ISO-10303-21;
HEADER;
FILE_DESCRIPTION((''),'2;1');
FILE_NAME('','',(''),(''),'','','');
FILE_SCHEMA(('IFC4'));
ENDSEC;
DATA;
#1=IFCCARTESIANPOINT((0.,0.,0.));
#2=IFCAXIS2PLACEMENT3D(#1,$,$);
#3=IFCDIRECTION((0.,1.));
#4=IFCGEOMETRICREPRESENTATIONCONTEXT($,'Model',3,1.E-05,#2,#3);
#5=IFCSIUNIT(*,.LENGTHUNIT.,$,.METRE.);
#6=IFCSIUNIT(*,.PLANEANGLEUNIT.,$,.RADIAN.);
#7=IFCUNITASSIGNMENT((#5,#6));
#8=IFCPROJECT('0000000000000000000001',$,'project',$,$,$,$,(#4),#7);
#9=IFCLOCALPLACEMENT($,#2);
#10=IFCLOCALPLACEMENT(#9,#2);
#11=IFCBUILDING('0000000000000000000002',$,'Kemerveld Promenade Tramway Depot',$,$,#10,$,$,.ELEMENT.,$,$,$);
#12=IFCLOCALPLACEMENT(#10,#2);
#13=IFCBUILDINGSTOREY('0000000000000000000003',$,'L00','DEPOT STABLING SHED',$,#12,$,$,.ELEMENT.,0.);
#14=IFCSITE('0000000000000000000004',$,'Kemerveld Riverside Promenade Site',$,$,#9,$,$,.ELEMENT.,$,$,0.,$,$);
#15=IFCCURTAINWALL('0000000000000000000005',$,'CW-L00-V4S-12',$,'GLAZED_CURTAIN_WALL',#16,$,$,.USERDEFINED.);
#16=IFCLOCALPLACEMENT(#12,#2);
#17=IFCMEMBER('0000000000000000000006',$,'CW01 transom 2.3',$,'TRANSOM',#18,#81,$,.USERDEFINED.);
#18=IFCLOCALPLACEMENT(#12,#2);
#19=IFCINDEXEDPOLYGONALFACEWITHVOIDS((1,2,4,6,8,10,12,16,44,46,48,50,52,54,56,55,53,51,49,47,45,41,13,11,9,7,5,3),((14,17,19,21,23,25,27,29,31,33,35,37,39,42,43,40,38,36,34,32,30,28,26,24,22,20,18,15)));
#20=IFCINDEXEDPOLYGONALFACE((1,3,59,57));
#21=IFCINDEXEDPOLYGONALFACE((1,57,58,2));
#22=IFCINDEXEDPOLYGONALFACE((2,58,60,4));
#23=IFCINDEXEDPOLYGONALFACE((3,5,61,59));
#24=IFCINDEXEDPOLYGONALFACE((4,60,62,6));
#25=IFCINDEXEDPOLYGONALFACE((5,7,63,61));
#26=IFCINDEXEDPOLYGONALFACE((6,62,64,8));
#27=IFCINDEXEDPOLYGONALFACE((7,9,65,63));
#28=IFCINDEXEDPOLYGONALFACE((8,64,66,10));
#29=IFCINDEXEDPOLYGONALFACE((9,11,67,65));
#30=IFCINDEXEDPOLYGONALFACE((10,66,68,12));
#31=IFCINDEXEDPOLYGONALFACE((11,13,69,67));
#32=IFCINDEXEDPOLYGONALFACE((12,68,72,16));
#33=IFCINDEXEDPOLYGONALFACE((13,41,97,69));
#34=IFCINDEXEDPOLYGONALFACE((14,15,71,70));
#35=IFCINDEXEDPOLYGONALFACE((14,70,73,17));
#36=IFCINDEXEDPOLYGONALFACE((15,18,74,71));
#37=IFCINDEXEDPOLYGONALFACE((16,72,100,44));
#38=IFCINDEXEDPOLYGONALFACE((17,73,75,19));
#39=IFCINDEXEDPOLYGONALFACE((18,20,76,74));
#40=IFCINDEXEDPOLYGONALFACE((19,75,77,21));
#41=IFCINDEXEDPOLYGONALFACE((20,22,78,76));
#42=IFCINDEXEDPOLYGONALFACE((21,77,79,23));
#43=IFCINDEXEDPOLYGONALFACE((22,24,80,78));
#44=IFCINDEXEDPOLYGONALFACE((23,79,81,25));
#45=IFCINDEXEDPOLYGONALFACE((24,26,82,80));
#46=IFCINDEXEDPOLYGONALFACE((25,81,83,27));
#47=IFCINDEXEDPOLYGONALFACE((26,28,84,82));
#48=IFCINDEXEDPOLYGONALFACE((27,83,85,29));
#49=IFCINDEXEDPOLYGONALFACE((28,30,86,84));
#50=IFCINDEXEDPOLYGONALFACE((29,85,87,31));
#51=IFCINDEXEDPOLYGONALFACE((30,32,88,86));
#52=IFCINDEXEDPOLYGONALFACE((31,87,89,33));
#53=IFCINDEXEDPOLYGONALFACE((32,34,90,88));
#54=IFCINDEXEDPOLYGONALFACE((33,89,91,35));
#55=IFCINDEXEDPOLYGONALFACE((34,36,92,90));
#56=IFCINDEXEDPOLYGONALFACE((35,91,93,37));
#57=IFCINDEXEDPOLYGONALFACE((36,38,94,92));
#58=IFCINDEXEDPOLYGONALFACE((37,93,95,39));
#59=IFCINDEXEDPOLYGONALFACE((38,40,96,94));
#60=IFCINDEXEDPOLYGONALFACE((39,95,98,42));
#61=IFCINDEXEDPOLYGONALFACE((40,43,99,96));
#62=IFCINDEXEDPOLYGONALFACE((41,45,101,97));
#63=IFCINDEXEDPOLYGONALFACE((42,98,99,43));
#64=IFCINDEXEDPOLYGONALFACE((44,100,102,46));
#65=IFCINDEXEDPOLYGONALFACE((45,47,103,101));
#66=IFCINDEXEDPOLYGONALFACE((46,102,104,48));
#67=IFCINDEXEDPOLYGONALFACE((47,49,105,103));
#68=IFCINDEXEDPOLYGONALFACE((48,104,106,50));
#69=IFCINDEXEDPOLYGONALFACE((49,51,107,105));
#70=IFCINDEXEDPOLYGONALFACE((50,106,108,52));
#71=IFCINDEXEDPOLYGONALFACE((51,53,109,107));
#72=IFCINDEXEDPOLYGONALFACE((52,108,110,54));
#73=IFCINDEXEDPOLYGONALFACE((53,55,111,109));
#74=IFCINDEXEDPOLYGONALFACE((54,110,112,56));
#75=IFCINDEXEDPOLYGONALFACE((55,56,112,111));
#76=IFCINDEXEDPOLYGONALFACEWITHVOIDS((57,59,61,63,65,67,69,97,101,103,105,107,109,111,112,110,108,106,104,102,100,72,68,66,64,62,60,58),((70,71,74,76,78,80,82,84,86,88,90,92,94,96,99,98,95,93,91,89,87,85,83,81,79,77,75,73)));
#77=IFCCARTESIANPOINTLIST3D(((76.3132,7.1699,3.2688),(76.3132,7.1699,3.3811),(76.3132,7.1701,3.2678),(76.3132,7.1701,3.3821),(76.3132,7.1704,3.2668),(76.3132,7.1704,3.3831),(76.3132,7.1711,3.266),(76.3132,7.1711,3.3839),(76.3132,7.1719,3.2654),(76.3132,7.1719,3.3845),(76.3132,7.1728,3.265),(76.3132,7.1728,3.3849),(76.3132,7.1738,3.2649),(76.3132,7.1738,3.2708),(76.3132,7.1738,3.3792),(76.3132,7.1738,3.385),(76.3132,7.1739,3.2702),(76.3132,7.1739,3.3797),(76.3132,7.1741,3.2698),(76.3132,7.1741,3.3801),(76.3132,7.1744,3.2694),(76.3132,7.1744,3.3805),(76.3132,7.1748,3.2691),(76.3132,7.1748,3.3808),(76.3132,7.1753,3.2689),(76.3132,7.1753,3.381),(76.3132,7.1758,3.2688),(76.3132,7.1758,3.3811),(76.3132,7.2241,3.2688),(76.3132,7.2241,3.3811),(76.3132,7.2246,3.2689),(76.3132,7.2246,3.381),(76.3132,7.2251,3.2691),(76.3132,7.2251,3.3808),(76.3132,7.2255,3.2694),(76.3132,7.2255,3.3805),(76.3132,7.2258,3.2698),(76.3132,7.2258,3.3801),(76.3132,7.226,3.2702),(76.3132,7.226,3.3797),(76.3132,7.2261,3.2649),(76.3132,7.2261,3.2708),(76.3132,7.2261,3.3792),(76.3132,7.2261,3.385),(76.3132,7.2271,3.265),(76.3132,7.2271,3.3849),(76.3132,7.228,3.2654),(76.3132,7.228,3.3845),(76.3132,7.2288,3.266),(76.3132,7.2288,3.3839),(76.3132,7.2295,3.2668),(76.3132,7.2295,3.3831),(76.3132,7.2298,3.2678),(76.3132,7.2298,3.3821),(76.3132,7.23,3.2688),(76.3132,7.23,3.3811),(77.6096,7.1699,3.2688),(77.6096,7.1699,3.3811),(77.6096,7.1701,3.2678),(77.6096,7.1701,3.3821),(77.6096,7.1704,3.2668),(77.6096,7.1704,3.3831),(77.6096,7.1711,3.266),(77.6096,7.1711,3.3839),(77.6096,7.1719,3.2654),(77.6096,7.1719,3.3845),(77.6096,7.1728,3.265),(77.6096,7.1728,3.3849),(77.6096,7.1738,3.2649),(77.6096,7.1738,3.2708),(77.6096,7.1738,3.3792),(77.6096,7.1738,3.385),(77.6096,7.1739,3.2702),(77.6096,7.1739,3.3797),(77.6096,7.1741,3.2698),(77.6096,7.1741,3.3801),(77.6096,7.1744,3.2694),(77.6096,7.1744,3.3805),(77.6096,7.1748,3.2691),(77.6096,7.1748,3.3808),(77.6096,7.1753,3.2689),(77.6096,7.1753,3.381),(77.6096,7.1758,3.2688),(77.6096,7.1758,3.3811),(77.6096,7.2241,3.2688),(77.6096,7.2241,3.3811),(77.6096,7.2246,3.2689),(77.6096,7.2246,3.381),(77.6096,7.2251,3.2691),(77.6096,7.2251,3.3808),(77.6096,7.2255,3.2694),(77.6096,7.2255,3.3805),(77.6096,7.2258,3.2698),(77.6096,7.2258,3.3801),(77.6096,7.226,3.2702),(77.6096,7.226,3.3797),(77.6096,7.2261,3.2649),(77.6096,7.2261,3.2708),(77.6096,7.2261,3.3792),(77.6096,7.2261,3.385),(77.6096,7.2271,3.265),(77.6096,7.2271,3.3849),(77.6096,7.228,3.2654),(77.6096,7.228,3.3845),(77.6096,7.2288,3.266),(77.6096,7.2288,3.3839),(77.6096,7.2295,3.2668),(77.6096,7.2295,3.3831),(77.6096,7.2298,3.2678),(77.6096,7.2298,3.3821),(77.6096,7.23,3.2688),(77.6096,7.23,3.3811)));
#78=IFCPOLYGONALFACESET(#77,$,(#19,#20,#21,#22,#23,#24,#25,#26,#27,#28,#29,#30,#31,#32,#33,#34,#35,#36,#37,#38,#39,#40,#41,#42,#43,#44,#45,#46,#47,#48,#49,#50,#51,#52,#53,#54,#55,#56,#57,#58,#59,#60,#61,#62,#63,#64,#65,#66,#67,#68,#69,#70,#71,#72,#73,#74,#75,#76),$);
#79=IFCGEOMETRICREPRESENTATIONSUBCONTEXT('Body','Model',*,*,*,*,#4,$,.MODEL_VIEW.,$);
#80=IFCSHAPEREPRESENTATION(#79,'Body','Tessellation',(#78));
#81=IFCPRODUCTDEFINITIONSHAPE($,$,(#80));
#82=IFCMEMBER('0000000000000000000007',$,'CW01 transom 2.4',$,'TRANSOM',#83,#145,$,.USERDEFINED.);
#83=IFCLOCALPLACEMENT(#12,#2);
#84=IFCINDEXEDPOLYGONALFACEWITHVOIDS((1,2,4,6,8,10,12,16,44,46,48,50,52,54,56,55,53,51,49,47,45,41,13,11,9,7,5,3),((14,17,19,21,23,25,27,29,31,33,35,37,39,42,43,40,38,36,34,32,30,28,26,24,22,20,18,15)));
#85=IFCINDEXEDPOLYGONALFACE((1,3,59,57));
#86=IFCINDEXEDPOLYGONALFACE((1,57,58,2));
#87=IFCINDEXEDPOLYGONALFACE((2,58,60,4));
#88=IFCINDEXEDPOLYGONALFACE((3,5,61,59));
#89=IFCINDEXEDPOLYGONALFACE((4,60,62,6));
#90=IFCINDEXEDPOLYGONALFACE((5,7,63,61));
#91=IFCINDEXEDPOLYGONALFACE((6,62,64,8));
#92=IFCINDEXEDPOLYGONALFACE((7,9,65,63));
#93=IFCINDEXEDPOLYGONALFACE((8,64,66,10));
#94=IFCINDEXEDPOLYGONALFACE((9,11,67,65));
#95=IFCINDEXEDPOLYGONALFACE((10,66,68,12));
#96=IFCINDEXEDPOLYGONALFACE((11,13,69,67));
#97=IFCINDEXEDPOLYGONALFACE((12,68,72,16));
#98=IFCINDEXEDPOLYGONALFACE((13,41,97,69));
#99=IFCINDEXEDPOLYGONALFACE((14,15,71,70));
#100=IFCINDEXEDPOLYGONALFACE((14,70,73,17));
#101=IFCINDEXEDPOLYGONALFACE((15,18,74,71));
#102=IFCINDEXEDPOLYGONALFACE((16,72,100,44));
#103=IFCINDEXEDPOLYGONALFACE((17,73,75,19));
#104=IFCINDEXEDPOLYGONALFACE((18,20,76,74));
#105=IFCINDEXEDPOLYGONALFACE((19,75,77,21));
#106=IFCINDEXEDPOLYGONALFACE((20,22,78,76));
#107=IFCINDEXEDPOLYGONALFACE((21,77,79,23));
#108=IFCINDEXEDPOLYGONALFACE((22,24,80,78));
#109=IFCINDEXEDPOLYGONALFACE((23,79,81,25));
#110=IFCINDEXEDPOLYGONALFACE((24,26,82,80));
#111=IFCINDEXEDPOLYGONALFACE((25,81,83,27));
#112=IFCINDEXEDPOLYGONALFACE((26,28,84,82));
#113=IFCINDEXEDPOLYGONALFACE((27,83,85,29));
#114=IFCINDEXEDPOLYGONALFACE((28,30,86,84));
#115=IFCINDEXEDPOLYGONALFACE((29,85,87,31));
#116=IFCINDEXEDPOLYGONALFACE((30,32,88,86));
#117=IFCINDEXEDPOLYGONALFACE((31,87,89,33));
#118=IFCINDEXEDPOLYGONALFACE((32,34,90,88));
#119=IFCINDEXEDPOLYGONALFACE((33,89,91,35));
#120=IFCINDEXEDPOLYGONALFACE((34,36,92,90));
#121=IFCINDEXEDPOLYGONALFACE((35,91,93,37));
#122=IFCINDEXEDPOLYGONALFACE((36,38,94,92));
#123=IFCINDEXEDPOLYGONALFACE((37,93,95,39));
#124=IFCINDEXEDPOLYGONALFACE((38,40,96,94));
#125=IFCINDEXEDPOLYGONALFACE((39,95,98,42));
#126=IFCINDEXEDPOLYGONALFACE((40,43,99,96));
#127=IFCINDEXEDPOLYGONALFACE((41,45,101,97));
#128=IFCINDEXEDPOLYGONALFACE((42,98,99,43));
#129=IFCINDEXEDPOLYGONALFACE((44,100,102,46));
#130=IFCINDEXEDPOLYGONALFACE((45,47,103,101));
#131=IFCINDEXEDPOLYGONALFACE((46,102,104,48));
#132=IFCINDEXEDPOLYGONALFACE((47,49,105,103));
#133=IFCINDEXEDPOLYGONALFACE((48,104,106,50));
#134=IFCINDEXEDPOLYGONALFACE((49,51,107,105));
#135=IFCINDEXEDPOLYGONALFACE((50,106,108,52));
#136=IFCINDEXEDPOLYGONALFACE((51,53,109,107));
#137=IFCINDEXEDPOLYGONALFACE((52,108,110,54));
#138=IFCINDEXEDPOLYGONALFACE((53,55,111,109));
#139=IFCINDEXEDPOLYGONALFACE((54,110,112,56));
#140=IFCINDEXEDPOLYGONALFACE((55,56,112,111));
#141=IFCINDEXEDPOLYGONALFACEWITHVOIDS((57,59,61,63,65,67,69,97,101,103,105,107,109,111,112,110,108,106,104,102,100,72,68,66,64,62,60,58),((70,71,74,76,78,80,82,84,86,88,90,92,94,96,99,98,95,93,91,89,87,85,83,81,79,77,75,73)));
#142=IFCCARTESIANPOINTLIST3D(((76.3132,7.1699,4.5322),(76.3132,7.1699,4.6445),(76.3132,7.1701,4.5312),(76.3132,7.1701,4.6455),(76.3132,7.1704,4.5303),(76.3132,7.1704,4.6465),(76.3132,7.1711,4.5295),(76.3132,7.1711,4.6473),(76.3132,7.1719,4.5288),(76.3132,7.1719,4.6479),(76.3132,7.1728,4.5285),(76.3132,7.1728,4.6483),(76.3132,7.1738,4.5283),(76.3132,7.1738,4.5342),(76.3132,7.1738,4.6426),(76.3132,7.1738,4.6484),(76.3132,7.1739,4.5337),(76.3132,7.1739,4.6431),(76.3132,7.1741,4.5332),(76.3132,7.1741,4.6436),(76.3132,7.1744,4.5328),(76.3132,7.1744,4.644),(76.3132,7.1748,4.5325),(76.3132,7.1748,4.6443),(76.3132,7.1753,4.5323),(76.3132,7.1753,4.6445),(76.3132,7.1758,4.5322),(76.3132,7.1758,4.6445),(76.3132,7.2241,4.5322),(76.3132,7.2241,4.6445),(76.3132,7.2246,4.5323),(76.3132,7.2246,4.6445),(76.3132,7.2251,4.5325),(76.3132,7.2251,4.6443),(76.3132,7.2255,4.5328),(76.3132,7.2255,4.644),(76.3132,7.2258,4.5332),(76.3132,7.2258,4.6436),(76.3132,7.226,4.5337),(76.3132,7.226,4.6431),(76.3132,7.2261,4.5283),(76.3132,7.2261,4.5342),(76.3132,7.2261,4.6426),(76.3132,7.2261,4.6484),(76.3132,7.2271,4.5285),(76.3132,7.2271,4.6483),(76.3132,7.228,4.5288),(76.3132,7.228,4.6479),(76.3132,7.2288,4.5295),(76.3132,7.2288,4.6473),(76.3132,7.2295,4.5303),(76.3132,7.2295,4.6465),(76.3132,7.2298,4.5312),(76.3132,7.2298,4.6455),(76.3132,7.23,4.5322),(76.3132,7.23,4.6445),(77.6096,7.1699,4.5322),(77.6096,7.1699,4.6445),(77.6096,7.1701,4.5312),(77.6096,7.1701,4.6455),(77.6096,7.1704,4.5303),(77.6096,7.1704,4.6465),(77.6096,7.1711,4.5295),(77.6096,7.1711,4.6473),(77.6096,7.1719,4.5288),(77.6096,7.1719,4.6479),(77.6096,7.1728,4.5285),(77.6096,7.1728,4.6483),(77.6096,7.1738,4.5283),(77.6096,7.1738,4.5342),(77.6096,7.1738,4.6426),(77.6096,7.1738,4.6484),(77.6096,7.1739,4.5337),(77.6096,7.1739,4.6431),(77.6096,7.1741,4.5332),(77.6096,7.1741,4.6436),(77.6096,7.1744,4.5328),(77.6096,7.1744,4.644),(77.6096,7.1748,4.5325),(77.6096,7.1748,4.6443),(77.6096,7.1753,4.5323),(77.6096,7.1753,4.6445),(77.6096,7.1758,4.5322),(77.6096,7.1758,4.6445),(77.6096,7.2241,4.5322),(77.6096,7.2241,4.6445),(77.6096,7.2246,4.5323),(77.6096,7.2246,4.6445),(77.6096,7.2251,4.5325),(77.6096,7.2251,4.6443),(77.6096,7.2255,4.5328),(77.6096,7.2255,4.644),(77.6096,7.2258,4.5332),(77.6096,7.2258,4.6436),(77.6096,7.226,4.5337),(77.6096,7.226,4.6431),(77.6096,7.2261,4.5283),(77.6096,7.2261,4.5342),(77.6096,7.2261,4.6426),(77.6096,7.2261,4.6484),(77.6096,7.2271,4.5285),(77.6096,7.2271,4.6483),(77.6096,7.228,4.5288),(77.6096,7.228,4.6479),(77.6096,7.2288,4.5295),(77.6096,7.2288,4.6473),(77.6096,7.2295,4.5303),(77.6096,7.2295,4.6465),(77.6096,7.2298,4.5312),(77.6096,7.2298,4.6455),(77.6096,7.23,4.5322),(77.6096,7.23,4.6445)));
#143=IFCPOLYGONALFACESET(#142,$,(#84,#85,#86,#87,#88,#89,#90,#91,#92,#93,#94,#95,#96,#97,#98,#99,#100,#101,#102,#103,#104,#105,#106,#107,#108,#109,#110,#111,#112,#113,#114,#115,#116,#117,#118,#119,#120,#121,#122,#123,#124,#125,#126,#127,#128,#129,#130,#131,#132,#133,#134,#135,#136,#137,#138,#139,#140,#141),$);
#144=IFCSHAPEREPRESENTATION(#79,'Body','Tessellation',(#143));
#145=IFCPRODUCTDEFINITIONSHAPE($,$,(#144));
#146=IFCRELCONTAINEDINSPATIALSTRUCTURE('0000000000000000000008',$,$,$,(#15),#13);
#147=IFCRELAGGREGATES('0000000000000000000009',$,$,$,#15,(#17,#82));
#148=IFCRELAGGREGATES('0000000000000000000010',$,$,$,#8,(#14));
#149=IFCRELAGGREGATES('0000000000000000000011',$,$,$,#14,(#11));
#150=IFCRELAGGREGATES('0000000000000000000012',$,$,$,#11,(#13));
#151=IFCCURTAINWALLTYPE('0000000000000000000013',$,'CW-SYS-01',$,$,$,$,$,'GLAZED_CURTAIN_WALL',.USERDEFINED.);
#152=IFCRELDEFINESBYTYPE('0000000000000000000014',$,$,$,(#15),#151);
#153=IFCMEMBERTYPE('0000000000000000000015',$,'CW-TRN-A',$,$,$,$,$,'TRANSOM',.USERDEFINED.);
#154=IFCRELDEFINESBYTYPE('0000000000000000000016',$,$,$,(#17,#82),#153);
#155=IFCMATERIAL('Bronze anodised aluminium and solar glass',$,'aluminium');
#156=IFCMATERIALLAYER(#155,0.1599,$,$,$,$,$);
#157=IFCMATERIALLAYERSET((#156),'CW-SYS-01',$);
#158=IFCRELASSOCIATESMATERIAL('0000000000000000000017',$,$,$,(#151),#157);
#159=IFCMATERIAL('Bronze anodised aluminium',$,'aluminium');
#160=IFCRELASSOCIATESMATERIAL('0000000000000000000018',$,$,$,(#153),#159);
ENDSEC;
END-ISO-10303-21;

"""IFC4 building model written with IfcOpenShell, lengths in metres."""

from ifc_helpers import new_model, si_unit, direction, frame, origin, origin_2d, place, context, subcontext, project, spatial, hollow_rectangle, extrude, material, layer, layer_set, material_profile, profile_set, type_object, element, aggregate, save


model = new_model("IFC4")

# Units and contexts
model_context = context("Model", 3, precision=1e-05, world=origin(), true_north=direction((0.0, 1.0)))
body_context = subcontext(model_context, "Body", "Model", "MODEL_VIEW")
ifc_project = project(units=[si_unit("LENGTHUNIT", "METRE"), si_unit("PLANEANGLEUNIT", "RADIAN")], contexts=[model_context])

# Site, building, storey
site_placement = place(None, origin())
site = spatial("IfcSite", under=ifc_project, at=site_placement, Name="Kemerveld Riverside Promenade Site", CompositionType="ELEMENT", RefElevation=0.0)
building_placement = place(site_placement, origin())
building = spatial("IfcBuilding", under=site, at=building_placement, Name="Kemerveld Promenade Tramway Depot", CompositionType="ELEMENT")
storey_placement = place(building_placement, origin())
storey = spatial("IfcBuildingStorey", under=building, at=storey_placement, Name="L00", Description="DEPOT STABLING SHED", CompositionType="ELEMENT", Elevation=0.0)

# Curtain wall, members
ifc_material_1 = material(Name="Bronze anodised aluminium and solar glass", Category="aluminium")
ifc_layer_1 = layer(ifc_material_1, 0.1599)
ifc_layer_set_1 = layer_set([ifc_layer_1], Name="CW-SYS-01")
curtain_wall_type = type_object("IfcCurtainWallType", Name="CW-SYS-01", ElementType="GLAZED_CURTAIN_WALL", PredefinedType="USERDEFINED", material=ifc_layer_set_1)
curtain_wall_placement = place(storey_placement, origin())
curtain_wall = element("IfcCurtainWall", 1, at=curtain_wall_placement, inside=storey, type_object=curtain_wall_type, Name="CW-L00-V4S-12", ObjectType="GLAZED_CURTAIN_WALL", PredefinedType="USERDEFINED")
ifc_material_2 = material(Name="Bronze anodised aluminium", Category="aluminium")
ifc_material_profile_1 = material_profile(ifc_material_2, hollow_rectangle(XDim=0.0601, YDim=0.1201, WallThickness=0.0039, InnerFilletRadius=0.002, OuterFilletRadius=0.0039, at=origin_2d()), Name="CW-TRN-120x60")
ifc_profile_set_1 = profile_set([ifc_material_profile_1], Name="Bronze anodised aluminium")
member_type_1 = type_object("IfcMemberType", Name="CW-TRN-A", ElementType="TRANSOM", PredefinedType="USERDEFINED", material=ifc_profile_set_1)
member_1_placement = place(storey_placement, frame((77.6096, 7.2, 3.325), z_axis=(-1.0, 0.0, 0.0), x_axis=(0.0, -1.0, 0.0)))
member_1 = element("IfcMember", 2, at=member_1_placement, type_object=member_type_1, Name="CW01 transom 2.3", ObjectType="TRANSOM", PredefinedType="USERDEFINED", context=body_context, shape_type="SweptSolid", body=[
    extrude(hollow_rectangle(XDim=0.0601, YDim=0.1201, WallThickness=0.0039, InnerFilletRadius=0.002, OuterFilletRadius=0.0039, at=origin_2d()), origin(), (0.0, 0.0, 1.0), 1.2964),
])
member_2_placement = place(storey_placement, frame((77.6096, 7.2, 4.5884), z_axis=(-1.0, 0.0, 0.0), x_axis=(0.0, -1.0, 0.0)))
member_2 = element("IfcMember", 3, at=member_2_placement, type_object=member_type_1, Name="CW01 transom 2.4", ObjectType="TRANSOM", PredefinedType="USERDEFINED", context=body_context, shape_type="SweptSolid", body=[
    extrude(hollow_rectangle(XDim=0.0601, YDim=0.1201, WallThickness=0.0039, InnerFilletRadius=0.002, OuterFilletRadius=0.0039, at=origin_2d()), origin(), (0.0, 0.0, 1.0), 1.2964),
])
aggregate(curtain_wall, [member_1, member_2])

save(model, "model.ifc")
